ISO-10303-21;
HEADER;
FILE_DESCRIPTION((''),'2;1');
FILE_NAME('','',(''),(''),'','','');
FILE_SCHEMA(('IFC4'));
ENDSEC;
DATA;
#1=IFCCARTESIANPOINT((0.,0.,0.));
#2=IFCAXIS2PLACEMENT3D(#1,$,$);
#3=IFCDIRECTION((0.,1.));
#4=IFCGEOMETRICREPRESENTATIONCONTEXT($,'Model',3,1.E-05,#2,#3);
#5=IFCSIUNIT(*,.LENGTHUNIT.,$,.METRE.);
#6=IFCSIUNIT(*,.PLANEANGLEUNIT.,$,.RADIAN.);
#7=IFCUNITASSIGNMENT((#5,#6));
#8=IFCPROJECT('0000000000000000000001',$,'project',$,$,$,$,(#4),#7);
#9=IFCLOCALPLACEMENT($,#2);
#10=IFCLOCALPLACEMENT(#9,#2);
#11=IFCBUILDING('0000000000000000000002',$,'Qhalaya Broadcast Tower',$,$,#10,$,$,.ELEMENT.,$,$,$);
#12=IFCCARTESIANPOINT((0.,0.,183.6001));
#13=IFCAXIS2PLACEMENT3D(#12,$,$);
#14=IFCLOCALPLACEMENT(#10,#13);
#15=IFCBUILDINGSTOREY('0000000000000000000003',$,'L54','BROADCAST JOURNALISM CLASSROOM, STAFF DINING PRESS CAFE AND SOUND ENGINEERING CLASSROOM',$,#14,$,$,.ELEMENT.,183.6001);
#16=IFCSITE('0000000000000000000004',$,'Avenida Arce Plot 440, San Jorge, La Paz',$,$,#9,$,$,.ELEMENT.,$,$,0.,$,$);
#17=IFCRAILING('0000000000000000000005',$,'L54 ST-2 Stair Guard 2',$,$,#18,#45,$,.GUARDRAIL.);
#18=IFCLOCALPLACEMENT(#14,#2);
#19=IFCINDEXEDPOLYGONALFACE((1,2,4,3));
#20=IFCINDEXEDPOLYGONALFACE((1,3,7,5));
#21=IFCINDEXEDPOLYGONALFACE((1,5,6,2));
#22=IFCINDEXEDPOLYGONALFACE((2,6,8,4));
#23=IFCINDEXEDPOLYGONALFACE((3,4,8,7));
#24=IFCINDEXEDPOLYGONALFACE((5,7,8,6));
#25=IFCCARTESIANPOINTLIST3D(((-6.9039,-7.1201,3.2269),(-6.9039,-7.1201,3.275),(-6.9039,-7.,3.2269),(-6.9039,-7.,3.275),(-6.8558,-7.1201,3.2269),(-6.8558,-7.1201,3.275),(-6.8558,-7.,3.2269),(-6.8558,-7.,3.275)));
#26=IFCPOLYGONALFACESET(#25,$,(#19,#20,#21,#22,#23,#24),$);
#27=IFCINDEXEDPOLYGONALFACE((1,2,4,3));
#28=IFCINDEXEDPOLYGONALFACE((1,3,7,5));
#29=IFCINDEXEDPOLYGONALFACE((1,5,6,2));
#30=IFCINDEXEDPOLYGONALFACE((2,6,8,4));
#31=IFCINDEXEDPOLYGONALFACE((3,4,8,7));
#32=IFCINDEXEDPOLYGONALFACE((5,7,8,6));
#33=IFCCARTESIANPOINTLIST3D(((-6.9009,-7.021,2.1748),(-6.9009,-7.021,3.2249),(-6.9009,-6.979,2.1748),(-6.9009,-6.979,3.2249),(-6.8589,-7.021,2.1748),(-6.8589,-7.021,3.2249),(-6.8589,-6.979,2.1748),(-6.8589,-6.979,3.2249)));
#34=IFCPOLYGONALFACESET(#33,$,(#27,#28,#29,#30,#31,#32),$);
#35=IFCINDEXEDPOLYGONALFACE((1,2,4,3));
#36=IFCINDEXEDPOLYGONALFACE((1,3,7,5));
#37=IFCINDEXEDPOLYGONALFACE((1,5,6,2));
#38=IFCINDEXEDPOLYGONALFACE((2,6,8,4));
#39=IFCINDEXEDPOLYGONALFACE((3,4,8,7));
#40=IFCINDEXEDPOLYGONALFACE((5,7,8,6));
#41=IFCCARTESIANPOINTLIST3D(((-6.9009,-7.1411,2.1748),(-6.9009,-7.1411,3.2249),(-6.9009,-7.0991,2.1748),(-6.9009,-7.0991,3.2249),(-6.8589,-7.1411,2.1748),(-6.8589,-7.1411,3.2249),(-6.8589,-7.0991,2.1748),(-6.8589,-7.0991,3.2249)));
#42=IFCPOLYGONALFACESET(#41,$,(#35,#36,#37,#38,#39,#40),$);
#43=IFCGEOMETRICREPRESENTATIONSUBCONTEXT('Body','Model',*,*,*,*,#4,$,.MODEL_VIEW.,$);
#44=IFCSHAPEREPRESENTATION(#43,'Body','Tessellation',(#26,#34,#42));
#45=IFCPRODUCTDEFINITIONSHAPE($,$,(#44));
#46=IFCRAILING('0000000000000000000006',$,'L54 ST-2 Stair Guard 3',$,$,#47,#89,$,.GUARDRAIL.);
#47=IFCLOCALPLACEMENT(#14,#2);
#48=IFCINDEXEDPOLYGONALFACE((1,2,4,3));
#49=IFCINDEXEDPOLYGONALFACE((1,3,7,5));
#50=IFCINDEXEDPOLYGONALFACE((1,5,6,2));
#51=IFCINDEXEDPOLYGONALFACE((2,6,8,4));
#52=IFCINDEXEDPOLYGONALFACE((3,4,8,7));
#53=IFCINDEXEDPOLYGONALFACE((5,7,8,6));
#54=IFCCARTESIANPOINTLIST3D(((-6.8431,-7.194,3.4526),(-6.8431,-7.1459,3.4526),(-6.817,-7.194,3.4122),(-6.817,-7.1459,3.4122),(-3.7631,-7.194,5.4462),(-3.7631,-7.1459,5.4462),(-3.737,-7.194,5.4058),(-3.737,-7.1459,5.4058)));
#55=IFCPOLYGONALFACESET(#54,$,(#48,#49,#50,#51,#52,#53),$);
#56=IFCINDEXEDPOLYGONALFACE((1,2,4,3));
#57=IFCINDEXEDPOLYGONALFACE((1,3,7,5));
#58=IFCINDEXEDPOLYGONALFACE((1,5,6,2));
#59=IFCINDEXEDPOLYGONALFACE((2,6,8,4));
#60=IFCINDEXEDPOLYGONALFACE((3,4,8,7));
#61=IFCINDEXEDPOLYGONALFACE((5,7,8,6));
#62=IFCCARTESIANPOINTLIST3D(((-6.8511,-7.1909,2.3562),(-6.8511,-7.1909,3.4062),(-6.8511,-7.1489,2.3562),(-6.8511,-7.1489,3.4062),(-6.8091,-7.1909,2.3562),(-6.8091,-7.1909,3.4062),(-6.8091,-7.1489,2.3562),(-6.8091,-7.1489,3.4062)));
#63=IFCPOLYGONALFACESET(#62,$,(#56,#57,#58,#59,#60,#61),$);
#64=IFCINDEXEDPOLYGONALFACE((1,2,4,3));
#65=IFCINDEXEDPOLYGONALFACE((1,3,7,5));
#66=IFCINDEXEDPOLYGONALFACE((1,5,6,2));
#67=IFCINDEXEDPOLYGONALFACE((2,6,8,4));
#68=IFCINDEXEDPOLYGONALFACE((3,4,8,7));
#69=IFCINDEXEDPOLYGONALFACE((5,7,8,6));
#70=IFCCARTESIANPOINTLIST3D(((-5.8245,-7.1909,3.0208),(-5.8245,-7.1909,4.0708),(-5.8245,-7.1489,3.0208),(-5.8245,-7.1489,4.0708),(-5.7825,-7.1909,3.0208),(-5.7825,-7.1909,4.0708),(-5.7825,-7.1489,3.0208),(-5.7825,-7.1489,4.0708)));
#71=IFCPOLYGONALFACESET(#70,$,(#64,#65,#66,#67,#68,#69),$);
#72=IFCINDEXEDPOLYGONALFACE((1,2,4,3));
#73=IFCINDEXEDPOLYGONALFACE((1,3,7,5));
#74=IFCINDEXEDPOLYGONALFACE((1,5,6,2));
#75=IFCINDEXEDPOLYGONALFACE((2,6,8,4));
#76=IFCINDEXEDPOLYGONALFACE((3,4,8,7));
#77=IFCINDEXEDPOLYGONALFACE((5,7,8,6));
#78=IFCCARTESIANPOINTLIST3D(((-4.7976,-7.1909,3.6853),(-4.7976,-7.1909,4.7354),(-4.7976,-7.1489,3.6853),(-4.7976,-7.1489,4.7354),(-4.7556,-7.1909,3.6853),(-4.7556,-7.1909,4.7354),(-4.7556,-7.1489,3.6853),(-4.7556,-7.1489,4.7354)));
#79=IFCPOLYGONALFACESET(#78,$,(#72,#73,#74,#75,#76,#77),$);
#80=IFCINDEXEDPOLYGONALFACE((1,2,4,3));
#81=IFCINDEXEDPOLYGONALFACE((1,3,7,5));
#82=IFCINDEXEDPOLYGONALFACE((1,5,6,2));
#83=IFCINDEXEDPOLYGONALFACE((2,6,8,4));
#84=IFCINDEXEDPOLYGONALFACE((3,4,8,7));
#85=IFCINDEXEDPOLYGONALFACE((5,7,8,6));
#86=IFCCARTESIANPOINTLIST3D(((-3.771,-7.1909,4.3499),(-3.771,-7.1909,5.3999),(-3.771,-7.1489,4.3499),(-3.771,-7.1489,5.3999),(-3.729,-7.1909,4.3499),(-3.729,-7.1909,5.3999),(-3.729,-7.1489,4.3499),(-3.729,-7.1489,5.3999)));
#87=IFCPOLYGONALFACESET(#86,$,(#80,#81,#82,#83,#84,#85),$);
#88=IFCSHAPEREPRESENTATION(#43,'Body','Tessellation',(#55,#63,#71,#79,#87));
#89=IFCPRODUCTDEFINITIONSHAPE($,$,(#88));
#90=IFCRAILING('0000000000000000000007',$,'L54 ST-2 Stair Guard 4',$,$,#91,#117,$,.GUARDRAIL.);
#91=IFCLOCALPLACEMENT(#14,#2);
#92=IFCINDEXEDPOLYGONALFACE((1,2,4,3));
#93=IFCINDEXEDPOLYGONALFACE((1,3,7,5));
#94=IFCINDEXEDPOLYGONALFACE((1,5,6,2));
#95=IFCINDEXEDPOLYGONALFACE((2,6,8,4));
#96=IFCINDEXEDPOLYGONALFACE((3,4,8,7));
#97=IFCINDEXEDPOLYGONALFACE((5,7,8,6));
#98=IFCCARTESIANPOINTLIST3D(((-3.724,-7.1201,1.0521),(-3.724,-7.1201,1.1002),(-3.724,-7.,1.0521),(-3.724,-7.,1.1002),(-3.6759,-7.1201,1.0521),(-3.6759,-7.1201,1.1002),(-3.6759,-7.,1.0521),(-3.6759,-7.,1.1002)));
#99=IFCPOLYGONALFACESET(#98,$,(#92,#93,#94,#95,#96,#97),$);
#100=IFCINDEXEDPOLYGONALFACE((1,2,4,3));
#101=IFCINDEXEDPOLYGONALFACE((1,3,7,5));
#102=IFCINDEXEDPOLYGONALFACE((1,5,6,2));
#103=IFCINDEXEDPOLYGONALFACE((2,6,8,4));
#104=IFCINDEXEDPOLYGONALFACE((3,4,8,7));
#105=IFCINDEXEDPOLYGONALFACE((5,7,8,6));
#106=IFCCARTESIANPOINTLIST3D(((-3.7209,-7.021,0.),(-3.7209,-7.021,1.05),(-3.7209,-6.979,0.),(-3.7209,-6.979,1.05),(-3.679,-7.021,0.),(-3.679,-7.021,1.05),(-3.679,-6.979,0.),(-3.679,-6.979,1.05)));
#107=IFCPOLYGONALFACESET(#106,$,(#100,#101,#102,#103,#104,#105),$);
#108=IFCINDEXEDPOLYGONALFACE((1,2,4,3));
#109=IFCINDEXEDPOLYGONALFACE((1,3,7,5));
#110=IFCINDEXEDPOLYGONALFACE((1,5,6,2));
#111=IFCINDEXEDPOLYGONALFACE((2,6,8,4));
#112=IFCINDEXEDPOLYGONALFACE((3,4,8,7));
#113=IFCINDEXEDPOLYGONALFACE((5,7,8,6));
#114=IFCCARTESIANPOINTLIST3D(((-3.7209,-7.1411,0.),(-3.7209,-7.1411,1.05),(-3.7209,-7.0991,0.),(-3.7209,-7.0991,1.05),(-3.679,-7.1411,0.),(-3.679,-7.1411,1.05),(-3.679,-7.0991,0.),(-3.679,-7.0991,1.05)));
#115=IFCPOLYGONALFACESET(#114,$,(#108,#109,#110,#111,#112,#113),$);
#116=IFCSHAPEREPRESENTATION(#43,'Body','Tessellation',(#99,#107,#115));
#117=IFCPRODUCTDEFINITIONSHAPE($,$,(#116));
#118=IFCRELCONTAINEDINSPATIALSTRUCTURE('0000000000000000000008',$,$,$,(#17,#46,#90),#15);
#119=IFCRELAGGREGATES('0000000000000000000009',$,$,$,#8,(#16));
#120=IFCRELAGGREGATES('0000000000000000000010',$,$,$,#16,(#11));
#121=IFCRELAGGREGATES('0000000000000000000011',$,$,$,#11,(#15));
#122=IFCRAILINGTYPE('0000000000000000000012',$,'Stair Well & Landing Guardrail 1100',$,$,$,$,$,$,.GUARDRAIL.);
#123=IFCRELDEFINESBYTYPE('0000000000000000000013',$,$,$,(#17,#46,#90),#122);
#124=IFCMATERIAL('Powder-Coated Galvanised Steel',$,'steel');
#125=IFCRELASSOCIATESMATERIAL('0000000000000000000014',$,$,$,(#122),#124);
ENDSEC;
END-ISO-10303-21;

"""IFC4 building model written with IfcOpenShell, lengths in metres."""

from ifc_helpers import new_model, si_unit, direction, frame, origin, origin_2d, place, context, subcontext, project, spatial, rectangle, extrude, material, type_object, element, save


model = new_model("IFC4")

# Units and contexts
model_context = context("Model", 3, precision=1e-05, world=origin(), true_north=direction((0.0, 1.0)))
body_context = subcontext(model_context, "Body", "Model", "MODEL_VIEW")
ifc_project = project(units=[si_unit("LENGTHUNIT", "METRE"), si_unit("PLANEANGLEUNIT", "RADIAN")], contexts=[model_context])

# Site, building, storey
site_placement = place(None, origin())
site = spatial("IfcSite", under=ifc_project, at=site_placement, Name="Avenida Arce Plot 440, San Jorge, La Paz", CompositionType="ELEMENT", RefElevation=0.0)
building_placement = place(site_placement, origin())
building = spatial("IfcBuilding", under=site, at=building_placement, Name="Qhalaya Broadcast Tower", CompositionType="ELEMENT")
storey_placement = place(building_placement, frame((0.0, 0.0, 183.6001)))
storey = spatial("IfcBuildingStorey", under=building, at=storey_placement, Name="L54", Description="BROADCAST JOURNALISM CLASSROOM, STAFF DINING PRESS CAFE AND SOUND ENGINEERING CLASSROOM", CompositionType="ELEMENT", Elevation=183.6001)

# Railings
ifc_material_1 = material(Name="Powder-Coated Galvanised Steel", Category="steel")
railing_type_1 = type_object("IfcRailingType", Name="Stair Well & Landing Guardrail 1100", PredefinedType="GUARDRAIL", material=ifc_material_1)
railing_1_placement = place(storey_placement, frame((-6.8799, -7.0, 2.1748)))
element("IfcRailing", 1, at=railing_1_placement, inside=storey, type_object=railing_type_1, Name="L54 ST-2 Stair Guard 2", PredefinedType="GUARDRAIL", context=body_context, shape_type="SweptSolid", body=[
    extrude(rectangle(XDim=0.0481, YDim=0.0481, at=origin_2d()), frame((0.0, 0.0, 1.0762), z_axis=(0.0, -1.0, 0.0), x_axis=(1.0, 0.0, 0.0)), (0.0, 0.0, 1.0), 0.1201),
    extrude(rectangle(XDim=0.042, YDim=0.042, at=origin_2d()), origin(), (0.0, 0.0, 1.0), 1.05),
    extrude(rectangle(XDim=0.042, YDim=0.042, at=origin_2d()), frame((0.0, -0.1201, 0.0)), (0.0, 0.0, 1.0), 1.05),
])
railing_2_placement = place(storey_placement, frame((-6.8301, -7.1699, 2.3562)))
element("IfcRailing", 2, at=railing_2_placement, inside=storey, type_object=railing_type_1, Name="L54 ST-2 Stair Guard 3", PredefinedType="GUARDRAIL", context=body_context, shape_type="SweptSolid", body=[
    extrude(rectangle(XDim=0.0481, YDim=0.0481, at=origin_2d()), frame((0.0, 0.0, 1.0762), z_axis=(0.839488, 0.0, 0.543378), x_axis=(0.0, 1.0, 0.0)), (0.0, 0.0, 1.0), 3.6689),
    extrude(rectangle(XDim=0.042, YDim=0.042, at=origin_2d()), origin(), (0.0, 0.0, 1.0), 1.05),
    extrude(rectangle(XDim=0.042, YDim=0.042, at=origin_2d()), frame((1.0266, 0.0, 0.6646)), (0.0, 0.0, 1.0), 1.05),
    extrude(rectangle(XDim=0.042, YDim=0.042, at=origin_2d()), frame((2.0535, 0.0, 1.3291)), (0.0, 0.0, 1.0), 1.05),
    extrude(rectangle(XDim=0.042, YDim=0.042, at=origin_2d()), frame((3.0801, 0.0, 1.9937)), (0.0, 0.0, 1.0), 1.05),
])
railing_3_placement = place(storey_placement, frame((-3.7, -7.0, 0.0)))
element("IfcRailing", 3, at=railing_3_placement, inside=storey, type_object=railing_type_1, Name="L54 ST-2 Stair Guard 4", PredefinedType="GUARDRAIL", context=body_context, shape_type="SweptSolid", body=[
    extrude(rectangle(XDim=0.0481, YDim=0.0481, at=origin_2d()), frame((0.0, 0.0, 1.0762), z_axis=(0.0, -1.0, 0.0), x_axis=(1.0, 0.0, 0.0)), (0.0, 0.0, 1.0), 0.1201),
    extrude(rectangle(XDim=0.042, YDim=0.042, at=origin_2d()), origin(), (0.0, 0.0, 1.0), 1.05),
    extrude(rectangle(XDim=0.042, YDim=0.042, at=origin_2d()), frame((0.0, -0.1201, 0.0)), (0.0, 0.0, 1.0), 1.05),
])

save(model, "model.ifc")
